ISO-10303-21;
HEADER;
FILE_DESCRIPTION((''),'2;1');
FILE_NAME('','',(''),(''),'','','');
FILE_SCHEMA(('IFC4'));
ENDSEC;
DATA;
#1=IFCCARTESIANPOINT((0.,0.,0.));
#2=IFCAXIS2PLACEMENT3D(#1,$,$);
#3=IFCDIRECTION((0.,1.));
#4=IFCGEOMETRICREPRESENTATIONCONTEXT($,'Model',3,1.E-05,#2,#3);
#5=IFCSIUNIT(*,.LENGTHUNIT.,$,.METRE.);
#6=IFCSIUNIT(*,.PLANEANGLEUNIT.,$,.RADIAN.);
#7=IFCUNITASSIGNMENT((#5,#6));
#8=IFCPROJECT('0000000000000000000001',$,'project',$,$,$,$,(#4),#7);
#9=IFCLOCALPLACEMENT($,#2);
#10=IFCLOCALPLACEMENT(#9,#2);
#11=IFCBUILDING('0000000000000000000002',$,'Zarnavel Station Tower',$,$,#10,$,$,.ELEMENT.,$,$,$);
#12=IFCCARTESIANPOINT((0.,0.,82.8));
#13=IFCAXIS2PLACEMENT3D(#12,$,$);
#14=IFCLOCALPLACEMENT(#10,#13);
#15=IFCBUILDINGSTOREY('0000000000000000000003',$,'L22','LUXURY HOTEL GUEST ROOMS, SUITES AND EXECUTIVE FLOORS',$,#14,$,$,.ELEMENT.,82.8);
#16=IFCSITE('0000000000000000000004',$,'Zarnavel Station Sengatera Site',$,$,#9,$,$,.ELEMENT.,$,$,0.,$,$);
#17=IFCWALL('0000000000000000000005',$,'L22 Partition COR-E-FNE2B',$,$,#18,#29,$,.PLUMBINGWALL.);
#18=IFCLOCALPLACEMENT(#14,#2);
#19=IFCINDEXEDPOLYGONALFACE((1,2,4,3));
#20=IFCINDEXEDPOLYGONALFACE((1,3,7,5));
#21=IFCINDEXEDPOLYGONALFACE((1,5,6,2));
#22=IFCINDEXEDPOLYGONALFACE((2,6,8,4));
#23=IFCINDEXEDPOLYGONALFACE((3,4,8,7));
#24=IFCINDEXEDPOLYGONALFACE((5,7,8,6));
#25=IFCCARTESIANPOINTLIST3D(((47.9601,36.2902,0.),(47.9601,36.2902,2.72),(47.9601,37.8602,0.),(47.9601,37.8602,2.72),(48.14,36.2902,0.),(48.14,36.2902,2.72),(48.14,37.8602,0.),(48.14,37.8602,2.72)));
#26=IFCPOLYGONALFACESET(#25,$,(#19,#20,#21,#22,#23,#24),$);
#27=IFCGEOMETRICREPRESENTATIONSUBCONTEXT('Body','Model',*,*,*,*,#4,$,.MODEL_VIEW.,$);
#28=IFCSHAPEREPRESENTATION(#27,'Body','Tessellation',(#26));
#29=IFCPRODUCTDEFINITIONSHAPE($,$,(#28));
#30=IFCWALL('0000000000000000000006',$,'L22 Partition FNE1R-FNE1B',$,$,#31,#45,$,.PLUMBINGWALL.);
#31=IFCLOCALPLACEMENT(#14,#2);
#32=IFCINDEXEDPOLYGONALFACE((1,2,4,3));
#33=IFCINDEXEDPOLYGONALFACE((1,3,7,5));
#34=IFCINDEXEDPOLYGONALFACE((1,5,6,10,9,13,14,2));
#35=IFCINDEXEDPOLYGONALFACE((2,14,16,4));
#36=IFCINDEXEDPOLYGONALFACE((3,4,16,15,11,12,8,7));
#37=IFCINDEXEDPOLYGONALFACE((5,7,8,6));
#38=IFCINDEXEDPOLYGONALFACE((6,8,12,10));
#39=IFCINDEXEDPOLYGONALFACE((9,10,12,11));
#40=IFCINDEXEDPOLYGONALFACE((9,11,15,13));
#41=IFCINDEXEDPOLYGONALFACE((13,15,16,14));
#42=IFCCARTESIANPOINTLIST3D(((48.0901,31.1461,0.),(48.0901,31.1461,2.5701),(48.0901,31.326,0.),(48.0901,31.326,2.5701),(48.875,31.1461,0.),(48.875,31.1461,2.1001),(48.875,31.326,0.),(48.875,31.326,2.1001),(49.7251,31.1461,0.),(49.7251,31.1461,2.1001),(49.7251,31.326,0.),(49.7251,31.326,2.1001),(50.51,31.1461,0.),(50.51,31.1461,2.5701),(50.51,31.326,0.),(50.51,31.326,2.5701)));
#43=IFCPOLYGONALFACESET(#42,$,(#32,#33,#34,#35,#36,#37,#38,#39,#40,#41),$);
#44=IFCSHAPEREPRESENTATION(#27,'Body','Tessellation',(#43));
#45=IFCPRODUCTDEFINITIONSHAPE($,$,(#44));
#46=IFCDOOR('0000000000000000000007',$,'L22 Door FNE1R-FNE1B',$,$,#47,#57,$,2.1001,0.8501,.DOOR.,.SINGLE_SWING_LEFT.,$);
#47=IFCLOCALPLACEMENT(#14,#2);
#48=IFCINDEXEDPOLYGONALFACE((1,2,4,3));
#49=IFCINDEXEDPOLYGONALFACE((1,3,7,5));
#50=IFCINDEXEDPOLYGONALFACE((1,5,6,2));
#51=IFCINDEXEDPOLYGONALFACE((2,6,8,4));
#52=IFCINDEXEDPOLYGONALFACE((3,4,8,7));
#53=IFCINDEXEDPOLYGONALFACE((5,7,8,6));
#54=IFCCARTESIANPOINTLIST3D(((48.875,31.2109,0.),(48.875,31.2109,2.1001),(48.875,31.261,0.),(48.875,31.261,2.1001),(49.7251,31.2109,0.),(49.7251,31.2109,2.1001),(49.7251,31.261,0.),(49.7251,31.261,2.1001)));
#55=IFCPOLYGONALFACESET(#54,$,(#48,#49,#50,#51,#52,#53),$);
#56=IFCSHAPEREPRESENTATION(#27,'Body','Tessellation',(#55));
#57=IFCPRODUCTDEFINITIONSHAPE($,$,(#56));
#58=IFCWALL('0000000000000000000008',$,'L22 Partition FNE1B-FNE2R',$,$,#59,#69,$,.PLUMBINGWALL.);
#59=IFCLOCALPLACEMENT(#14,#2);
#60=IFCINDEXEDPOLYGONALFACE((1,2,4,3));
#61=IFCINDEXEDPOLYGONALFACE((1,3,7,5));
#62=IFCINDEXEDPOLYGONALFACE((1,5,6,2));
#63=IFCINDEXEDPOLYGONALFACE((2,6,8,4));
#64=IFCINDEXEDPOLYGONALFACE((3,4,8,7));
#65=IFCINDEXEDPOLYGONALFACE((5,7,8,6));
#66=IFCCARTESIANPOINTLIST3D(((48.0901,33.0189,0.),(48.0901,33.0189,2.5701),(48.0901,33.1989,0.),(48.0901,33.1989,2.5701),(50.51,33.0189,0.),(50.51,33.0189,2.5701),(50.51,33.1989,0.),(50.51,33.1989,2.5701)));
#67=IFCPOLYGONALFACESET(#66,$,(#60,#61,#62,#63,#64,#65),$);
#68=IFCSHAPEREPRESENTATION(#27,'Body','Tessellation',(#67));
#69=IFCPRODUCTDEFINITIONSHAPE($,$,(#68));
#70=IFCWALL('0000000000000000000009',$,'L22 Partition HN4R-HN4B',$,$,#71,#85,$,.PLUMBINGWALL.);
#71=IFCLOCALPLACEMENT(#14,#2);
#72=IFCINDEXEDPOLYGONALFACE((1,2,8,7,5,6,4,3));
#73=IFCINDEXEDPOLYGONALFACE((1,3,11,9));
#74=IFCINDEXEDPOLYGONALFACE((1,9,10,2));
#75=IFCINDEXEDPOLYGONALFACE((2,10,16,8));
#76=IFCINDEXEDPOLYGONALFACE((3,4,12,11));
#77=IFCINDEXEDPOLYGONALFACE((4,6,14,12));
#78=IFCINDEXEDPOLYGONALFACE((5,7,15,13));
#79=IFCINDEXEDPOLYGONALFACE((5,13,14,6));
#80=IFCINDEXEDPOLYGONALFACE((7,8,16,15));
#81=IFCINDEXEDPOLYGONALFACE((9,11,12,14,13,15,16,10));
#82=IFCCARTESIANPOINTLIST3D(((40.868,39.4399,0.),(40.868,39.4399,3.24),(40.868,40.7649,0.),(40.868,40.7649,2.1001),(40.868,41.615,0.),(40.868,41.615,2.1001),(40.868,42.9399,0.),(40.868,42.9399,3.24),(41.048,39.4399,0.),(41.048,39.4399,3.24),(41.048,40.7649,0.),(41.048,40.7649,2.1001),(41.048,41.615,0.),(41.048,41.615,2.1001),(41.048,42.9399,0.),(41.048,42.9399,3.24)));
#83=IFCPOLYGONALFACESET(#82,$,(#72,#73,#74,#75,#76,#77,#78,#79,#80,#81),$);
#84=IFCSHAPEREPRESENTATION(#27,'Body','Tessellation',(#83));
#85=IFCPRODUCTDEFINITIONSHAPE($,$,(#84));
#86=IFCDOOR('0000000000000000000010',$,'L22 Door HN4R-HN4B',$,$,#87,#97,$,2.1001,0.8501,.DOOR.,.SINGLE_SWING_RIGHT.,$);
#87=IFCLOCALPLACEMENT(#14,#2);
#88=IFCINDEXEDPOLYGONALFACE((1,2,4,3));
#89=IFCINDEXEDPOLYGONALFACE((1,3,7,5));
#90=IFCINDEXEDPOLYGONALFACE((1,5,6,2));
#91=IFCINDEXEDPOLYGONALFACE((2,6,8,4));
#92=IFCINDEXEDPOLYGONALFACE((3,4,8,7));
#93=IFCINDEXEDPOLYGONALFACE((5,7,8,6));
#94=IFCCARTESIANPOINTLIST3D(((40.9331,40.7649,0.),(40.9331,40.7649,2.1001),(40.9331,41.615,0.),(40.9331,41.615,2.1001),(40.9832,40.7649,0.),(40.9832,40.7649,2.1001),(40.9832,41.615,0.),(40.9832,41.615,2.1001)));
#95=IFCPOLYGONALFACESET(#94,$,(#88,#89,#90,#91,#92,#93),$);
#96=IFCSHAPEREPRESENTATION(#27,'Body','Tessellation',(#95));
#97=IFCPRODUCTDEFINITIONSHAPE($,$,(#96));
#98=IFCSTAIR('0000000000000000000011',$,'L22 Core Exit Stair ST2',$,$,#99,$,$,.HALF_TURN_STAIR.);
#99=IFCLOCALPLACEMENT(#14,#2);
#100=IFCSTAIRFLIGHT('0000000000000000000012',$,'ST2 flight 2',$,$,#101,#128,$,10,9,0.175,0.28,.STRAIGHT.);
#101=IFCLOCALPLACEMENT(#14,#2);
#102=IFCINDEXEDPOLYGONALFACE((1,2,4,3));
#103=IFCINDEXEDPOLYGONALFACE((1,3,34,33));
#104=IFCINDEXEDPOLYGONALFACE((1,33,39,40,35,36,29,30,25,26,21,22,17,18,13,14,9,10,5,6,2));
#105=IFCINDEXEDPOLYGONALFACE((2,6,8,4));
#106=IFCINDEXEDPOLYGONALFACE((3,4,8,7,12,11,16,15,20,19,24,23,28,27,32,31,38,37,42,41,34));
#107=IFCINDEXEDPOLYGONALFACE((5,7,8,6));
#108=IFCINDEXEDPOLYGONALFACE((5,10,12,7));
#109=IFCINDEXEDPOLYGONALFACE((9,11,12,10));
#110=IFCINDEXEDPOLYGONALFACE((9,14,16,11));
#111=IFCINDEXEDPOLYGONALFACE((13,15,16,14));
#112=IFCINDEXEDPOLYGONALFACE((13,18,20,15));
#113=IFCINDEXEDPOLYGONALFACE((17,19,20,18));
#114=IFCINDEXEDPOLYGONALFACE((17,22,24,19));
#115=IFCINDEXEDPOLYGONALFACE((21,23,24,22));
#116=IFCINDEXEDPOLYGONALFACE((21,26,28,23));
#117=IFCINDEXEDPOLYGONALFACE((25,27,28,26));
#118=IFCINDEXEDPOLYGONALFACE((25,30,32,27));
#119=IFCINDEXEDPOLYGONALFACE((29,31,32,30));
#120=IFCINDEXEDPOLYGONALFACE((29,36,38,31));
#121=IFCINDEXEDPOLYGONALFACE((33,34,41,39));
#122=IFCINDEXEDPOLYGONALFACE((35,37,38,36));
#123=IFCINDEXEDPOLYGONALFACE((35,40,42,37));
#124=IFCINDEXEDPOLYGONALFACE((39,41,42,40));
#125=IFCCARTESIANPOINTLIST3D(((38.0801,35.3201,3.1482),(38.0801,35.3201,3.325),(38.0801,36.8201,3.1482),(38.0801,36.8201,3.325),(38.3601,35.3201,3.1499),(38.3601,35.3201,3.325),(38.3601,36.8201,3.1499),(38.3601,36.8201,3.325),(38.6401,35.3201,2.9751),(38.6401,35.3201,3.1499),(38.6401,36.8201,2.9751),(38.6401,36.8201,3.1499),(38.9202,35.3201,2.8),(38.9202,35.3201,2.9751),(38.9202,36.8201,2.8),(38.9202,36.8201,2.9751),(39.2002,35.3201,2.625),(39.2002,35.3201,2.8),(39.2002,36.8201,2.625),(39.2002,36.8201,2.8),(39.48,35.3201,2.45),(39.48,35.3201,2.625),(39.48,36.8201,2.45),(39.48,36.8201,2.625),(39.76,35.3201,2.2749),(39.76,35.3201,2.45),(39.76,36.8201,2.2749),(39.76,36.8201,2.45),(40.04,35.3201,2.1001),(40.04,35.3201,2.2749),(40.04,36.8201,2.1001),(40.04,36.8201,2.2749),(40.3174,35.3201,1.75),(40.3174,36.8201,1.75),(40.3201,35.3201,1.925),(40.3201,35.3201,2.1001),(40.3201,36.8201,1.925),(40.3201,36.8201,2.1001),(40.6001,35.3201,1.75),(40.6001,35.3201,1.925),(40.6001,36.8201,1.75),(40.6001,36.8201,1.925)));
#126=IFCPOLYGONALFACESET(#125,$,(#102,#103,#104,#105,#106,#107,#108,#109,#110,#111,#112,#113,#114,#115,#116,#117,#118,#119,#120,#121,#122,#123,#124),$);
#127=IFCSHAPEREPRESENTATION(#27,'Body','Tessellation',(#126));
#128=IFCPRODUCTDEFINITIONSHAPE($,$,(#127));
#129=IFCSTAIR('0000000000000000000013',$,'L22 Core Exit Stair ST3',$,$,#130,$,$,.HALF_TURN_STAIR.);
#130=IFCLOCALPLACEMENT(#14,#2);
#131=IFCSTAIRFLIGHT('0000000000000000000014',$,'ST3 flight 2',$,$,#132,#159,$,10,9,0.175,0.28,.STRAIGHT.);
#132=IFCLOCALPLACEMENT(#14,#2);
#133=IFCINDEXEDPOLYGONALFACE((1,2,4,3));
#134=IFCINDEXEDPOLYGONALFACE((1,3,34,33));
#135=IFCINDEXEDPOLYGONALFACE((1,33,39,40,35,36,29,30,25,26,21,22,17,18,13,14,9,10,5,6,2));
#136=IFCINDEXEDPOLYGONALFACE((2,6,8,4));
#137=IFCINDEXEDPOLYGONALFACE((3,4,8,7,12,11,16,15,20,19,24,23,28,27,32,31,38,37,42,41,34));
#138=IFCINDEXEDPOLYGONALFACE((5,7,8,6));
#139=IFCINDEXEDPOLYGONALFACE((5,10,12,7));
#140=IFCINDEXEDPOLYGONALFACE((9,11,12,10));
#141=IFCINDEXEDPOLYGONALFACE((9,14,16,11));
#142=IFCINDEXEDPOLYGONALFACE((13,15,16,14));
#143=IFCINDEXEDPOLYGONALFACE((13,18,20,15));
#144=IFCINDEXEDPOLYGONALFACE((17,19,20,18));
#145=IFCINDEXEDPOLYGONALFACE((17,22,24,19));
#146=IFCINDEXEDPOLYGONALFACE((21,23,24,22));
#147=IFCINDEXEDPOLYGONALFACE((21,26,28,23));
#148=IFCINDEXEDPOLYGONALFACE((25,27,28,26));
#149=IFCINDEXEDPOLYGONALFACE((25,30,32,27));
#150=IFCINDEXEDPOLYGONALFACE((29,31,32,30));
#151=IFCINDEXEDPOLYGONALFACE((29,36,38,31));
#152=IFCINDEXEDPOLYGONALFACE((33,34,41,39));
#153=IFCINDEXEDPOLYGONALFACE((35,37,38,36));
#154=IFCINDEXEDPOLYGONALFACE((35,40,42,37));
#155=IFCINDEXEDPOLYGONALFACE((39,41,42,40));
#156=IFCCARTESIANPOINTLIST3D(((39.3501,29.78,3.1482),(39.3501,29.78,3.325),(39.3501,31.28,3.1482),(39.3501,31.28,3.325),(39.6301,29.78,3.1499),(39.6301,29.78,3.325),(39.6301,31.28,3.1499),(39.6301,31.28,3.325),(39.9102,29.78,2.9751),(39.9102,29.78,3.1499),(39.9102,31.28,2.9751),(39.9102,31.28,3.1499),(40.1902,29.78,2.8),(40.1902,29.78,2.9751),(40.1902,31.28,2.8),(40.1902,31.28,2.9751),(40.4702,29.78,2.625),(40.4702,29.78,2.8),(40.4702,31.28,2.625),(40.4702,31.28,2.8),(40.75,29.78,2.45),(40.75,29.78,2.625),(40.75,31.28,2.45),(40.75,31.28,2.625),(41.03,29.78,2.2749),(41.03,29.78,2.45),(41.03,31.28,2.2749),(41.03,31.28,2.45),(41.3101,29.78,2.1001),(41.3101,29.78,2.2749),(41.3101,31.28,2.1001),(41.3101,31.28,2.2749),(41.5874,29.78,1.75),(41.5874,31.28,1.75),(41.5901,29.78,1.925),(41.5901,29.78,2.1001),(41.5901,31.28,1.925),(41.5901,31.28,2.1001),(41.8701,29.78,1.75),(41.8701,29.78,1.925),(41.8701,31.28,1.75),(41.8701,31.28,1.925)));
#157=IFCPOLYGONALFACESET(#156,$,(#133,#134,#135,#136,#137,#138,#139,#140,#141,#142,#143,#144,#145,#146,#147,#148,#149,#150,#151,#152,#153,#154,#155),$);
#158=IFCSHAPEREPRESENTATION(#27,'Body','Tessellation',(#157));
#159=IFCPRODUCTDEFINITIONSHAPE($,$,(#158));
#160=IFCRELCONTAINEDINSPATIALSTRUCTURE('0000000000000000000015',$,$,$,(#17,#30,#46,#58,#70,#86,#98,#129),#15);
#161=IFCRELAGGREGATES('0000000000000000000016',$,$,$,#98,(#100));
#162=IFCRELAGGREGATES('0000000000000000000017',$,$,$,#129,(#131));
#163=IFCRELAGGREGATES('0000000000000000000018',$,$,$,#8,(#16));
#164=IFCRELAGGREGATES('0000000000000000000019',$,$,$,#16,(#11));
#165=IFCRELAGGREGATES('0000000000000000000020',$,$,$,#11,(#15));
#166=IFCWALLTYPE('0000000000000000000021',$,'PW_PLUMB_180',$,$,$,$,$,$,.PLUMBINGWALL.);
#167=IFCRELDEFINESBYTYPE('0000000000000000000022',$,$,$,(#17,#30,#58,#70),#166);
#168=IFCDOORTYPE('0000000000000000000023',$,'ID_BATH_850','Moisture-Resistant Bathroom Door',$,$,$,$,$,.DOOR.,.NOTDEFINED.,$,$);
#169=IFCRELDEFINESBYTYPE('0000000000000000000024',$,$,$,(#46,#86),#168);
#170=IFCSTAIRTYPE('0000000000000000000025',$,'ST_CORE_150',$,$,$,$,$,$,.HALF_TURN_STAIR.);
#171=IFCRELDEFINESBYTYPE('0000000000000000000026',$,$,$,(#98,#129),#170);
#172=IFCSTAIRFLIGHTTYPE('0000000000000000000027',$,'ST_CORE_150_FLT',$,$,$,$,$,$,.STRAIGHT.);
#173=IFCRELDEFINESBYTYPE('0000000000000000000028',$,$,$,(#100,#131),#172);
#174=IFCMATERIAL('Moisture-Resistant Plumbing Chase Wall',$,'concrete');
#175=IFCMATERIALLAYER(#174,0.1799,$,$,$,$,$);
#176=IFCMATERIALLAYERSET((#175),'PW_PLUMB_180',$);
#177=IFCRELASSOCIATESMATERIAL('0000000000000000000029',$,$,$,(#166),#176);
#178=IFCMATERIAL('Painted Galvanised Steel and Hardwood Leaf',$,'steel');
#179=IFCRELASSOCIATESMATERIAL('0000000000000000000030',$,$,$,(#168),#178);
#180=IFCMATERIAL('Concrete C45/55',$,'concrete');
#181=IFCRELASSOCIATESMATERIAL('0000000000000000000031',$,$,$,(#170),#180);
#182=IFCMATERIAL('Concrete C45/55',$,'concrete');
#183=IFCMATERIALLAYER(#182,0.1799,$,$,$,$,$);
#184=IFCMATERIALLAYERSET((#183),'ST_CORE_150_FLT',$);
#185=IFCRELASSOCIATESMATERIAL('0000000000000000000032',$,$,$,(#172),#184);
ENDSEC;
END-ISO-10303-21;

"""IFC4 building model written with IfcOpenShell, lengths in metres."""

from ifc_helpers import new_model, si_unit, direction, frame, frame_2d, origin, place, context, subcontext, project, spatial, polyline, rectangle, outline, extrude, material, layer, layer_set, type_object, element, fill, aggregate, save


model = new_model("IFC4")

# Units and contexts
model_context = context("Model", 3, precision=1e-05, world=origin(), true_north=direction((0.0, 1.0)))
body_context = subcontext(model_context, "Body", "Model", "MODEL_VIEW")
ifc_project = project(units=[si_unit("LENGTHUNIT", "METRE"), si_unit("PLANEANGLEUNIT", "RADIAN")], contexts=[model_context])

# Site, building, storey
site_placement = place(None, origin())
site = spatial("IfcSite", under=ifc_project, at=site_placement, Name="Zarnavel Station Sengatera Site", CompositionType="ELEMENT", RefElevation=0.0)
building_placement = place(site_placement, origin())
building = spatial("IfcBuilding", under=site, at=building_placement, Name="Zarnavel Station Tower", CompositionType="ELEMENT")
storey_placement = place(building_placement, frame((0.0, 0.0, 82.8)))
storey = spatial("IfcBuildingStorey", under=building, at=storey_placement, Name="L22", Description="LUXURY HOTEL GUEST ROOMS, SUITES AND EXECUTIVE FLOORS", CompositionType="ELEMENT", Elevation=82.8)

# Wall
ifc_material_1 = material(Name="Moisture-Resistant Plumbing Chase Wall", Category="concrete")
ifc_layer_1 = layer(ifc_material_1, 0.1799)
ifc_layer_set_1 = layer_set([ifc_layer_1], Name="PW_PLUMB_180")
wall_type_1 = type_object("IfcWallType", Name="PW_PLUMB_180", PredefinedType="PLUMBINGWALL", material=ifc_layer_set_1)
wall_1_placement = place(storey_placement, frame((48.05, 36.29, 0.0), z_axis=(0.0, 0.0, 1.0), x_axis=(0.0, 1.0, 0.0)))
element("IfcWall", 1, at=wall_1_placement, inside=storey, type_object=wall_type_1, Name="L22 Partition COR-E-FNE2B", PredefinedType="PLUMBINGWALL", context=body_context, shape_type="SweptSolid", body=[
    extrude(rectangle(XDim=1.5701, YDim=0.1799, at=frame_2d((0.7852, 0.0))), origin(), (0.0, 0.0, 1.0), 2.72),
])

# Wall, opening, door
wall_2_placement = place(storey_placement, frame((48.0901, 31.2361, 0.0), z_axis=(0.0, 0.0, 1.0), x_axis=(1.0, 0.0, 0.0)))
wall_2 = element("IfcWall", 2, at=wall_2_placement, inside=storey, type_object=wall_type_1, Name="L22 Partition FNE1R-FNE1B", PredefinedType="PLUMBINGWALL", context=body_context, shape_type="SweptSolid", body=[
    extrude(rectangle(XDim=2.4199, YDim=0.1799, at=frame_2d((1.21, 0.0))), origin(), (0.0, 0.0, 1.0), 2.5701),
])
opening_1_placement = place(wall_2_placement, frame((0.7849, 0.0, 0.0)))
opening_1 = element("IfcOpeningElement", 3, at=opening_1_placement, cuts=wall_2, PredefinedType="OPENING", context=body_context, shape_type="SweptSolid", body=[
    extrude(rectangle(XDim=0.8501, YDim=2.1001, at=frame_2d((0.425, 1.05))), frame((0.0, 0.0999, 0.0), z_axis=(0.0, -1.0, 0.0), x_axis=(1.0, 0.0, 0.0)), (0.0, 0.0, 1.0), 0.2),
])
ifc_material_2 = material(Name="Painted Galvanised Steel and Hardwood Leaf", Category="steel")
door_type_1 = type_object("IfcDoorType", Name="ID_BATH_850", Description="Moisture-Resistant Bathroom Door", OperationType="NOTDEFINED", PredefinedType="DOOR", material=ifc_material_2)
door_1_placement = place(opening_1_placement, origin())
door_1 = element("IfcDoor", 4, at=door_1_placement, inside=storey, type_object=door_type_1, Name="L22 Door FNE1R-FNE1B", OperationType="SINGLE_SWING_LEFT", OverallHeight=2.1001, OverallWidth=0.8501, PredefinedType="DOOR", context=body_context, shape_type="SweptSolid", body=[
    extrude(rectangle(XDim=0.8501, YDim=2.1001, at=frame_2d((0.425, 1.05))), frame((0.0, 0.0249, 0.0), z_axis=(0.0, -1.0, 0.0), x_axis=(1.0, 0.0, 0.0)), (0.0, 0.0, 1.0), 0.05),
])
fill(opening_1, door_1)

# Wall
wall_3_placement = place(storey_placement, frame((48.0901, 33.1089, 0.0), z_axis=(0.0, 0.0, 1.0), x_axis=(1.0, 0.0, 0.0)))
element("IfcWall", 5, at=wall_3_placement, inside=storey, type_object=wall_type_1, Name="L22 Partition FNE1B-FNE2R", PredefinedType="PLUMBINGWALL", context=body_context, shape_type="SweptSolid", body=[
    extrude(rectangle(XDim=2.4199, YDim=0.1799, at=frame_2d((1.21, 0.0))), origin(), (0.0, 0.0, 1.0), 2.5701),
])

# Wall, opening, door
wall_4_placement = place(storey_placement, frame((40.958, 39.4399, 0.0), z_axis=(0.0, 0.0, 1.0), x_axis=(0.0, 1.0, 0.0)))
wall_4 = element("IfcWall", 6, at=wall_4_placement, inside=storey, type_object=wall_type_1, Name="L22 Partition HN4R-HN4B", PredefinedType="PLUMBINGWALL", context=body_context, shape_type="SweptSolid", body=[
    extrude(rectangle(XDim=3.5, YDim=0.1799, at=frame_2d((1.75, 0.0))), origin(), (0.0, 0.0, 1.0), 3.24),
])
opening_2_placement = place(wall_4_placement, frame((1.325, 0.0, 0.0)))
opening_2 = element("IfcOpeningElement", 7, at=opening_2_placement, cuts=wall_4, PredefinedType="OPENING", context=body_context, shape_type="SweptSolid", body=[
    extrude(rectangle(XDim=0.8501, YDim=2.1001, at=frame_2d((0.425, 1.05))), frame((0.0, 0.0999, 0.0), z_axis=(0.0, -1.0, 0.0), x_axis=(1.0, 0.0, 0.0)), (0.0, 0.0, 1.0), 0.2),
])
door_2_placement = place(opening_2_placement, origin())
door_2 = element("IfcDoor", 8, at=door_2_placement, inside=storey, type_object=door_type_1, Name="L22 Door HN4R-HN4B", OperationType="SINGLE_SWING_RIGHT", OverallHeight=2.1001, OverallWidth=0.8501, PredefinedType="DOOR", context=body_context, shape_type="SweptSolid", body=[
    extrude(rectangle(XDim=0.8501, YDim=2.1001, at=frame_2d((0.425, 1.05))), frame((0.0, 0.0249, 0.0), z_axis=(0.0, -1.0, 0.0), x_axis=(1.0, 0.0, 0.0)), (0.0, 0.0, 1.0), 0.05),
])
fill(opening_2, door_2)

# Stairs, stair flights
ifc_material_3 = material(Name="Concrete C45/55", Category="concrete")
stair_type = type_object("IfcStairType", Name="ST_CORE_150", PredefinedType="HALF_TURN_STAIR", material=ifc_material_3)
stair_1_placement = place(storey_placement, origin())
stair_1 = element("IfcStair", 9, at=stair_1_placement, inside=storey, type_object=stair_type, Name="L22 Core Exit Stair ST2", PredefinedType="HALF_TURN_STAIR")
ifc_material_4 = material(Name="Concrete C45/55", Category="concrete")
ifc_layer_2 = layer(ifc_material_4, 0.1799)
ifc_layer_set_2 = layer_set([ifc_layer_2], Name="ST_CORE_150_FLT")
stair_flight_type = type_object("IfcStairFlightType", Name="ST_CORE_150_FLT", PredefinedType="STRAIGHT", material=ifc_layer_set_2)
stair_flight_1_placement = place(storey_placement, frame((40.6001, 36.0701, 1.75), z_axis=(0.0, 0.0, 1.0), x_axis=(-1.0, 0.0, 0.0)))
stair_flight_1 = element("IfcStairFlight", 10, at=stair_flight_1_placement, type_object=stair_flight_type, Name="ST2 flight 2", NumberOfRisers=10, NumberOfTreads=9, PredefinedType="STRAIGHT", RiserHeight=0.175, TreadLength=0.28, context=body_context, shape_type="SweptSolid", body=[
    extrude(outline(polyline([(0.0, 0.0), (0.0, 0.175), (0.28, 0.175), (0.28, 0.3501), (0.5601, 0.3501), (0.5601, 0.5249), (0.8401, 0.5249), (0.8401, 0.7), (1.1201, 0.7), (1.1201, 0.875), (1.3999, 0.875), (1.3999, 1.05), (1.6799, 1.05), (1.6799, 1.2251), (1.96, 1.2251), (1.96, 1.3999), (2.24, 1.3999), (2.24, 1.575), (2.52, 1.575), (2.52, 1.75), (2.52, 1.3982), (0.2827, 0.0), (0.0, 0.0)])), frame((0.0, 0.75, 0.0), z_axis=(0.0, -1.0, 0.0), x_axis=(1.0, 0.0, 0.0)), (0.0, 0.0, 1.0), 1.5),
])
aggregate(stair_1, [stair_flight_1])
stair_2_placement = place(storey_placement, origin())
stair_2 = element("IfcStair", 11, at=stair_2_placement, inside=storey, type_object=stair_type, Name="L22 Core Exit Stair ST3", PredefinedType="HALF_TURN_STAIR")
stair_flight_2_placement = place(storey_placement, frame((41.8701, 30.53, 1.75), z_axis=(0.0, 0.0, 1.0), x_axis=(-1.0, 0.0, 0.0)))
stair_flight_2 = element("IfcStairFlight", 12, at=stair_flight_2_placement, type_object=stair_flight_type, Name="ST3 flight 2", NumberOfRisers=10, NumberOfTreads=9, PredefinedType="STRAIGHT", RiserHeight=0.175, TreadLength=0.28, context=body_context, shape_type="SweptSolid", body=[
    extrude(outline(polyline([(0.0, 0.0), (0.0, 0.175), (0.28, 0.175), (0.28, 0.3501), (0.5601, 0.3501), (0.5601, 0.5249), (0.8401, 0.5249), (0.8401, 0.7), (1.1201, 0.7), (1.1201, 0.875), (1.3999, 0.875), (1.3999, 1.05), (1.6799, 1.05), (1.6799, 1.2251), (1.96, 1.2251), (1.96, 1.3999), (2.24, 1.3999), (2.24, 1.575), (2.52, 1.575), (2.52, 1.75), (2.52, 1.3982), (0.2827, 0.0), (0.0, 0.0)])), frame((0.0, 0.75, 0.0), z_axis=(0.0, -1.0, 0.0), x_axis=(1.0, 0.0, 0.0)), (0.0, 0.0, 1.0), 1.5),
])
aggregate(stair_2, [stair_flight_2])

save(model, "model.ifc")
